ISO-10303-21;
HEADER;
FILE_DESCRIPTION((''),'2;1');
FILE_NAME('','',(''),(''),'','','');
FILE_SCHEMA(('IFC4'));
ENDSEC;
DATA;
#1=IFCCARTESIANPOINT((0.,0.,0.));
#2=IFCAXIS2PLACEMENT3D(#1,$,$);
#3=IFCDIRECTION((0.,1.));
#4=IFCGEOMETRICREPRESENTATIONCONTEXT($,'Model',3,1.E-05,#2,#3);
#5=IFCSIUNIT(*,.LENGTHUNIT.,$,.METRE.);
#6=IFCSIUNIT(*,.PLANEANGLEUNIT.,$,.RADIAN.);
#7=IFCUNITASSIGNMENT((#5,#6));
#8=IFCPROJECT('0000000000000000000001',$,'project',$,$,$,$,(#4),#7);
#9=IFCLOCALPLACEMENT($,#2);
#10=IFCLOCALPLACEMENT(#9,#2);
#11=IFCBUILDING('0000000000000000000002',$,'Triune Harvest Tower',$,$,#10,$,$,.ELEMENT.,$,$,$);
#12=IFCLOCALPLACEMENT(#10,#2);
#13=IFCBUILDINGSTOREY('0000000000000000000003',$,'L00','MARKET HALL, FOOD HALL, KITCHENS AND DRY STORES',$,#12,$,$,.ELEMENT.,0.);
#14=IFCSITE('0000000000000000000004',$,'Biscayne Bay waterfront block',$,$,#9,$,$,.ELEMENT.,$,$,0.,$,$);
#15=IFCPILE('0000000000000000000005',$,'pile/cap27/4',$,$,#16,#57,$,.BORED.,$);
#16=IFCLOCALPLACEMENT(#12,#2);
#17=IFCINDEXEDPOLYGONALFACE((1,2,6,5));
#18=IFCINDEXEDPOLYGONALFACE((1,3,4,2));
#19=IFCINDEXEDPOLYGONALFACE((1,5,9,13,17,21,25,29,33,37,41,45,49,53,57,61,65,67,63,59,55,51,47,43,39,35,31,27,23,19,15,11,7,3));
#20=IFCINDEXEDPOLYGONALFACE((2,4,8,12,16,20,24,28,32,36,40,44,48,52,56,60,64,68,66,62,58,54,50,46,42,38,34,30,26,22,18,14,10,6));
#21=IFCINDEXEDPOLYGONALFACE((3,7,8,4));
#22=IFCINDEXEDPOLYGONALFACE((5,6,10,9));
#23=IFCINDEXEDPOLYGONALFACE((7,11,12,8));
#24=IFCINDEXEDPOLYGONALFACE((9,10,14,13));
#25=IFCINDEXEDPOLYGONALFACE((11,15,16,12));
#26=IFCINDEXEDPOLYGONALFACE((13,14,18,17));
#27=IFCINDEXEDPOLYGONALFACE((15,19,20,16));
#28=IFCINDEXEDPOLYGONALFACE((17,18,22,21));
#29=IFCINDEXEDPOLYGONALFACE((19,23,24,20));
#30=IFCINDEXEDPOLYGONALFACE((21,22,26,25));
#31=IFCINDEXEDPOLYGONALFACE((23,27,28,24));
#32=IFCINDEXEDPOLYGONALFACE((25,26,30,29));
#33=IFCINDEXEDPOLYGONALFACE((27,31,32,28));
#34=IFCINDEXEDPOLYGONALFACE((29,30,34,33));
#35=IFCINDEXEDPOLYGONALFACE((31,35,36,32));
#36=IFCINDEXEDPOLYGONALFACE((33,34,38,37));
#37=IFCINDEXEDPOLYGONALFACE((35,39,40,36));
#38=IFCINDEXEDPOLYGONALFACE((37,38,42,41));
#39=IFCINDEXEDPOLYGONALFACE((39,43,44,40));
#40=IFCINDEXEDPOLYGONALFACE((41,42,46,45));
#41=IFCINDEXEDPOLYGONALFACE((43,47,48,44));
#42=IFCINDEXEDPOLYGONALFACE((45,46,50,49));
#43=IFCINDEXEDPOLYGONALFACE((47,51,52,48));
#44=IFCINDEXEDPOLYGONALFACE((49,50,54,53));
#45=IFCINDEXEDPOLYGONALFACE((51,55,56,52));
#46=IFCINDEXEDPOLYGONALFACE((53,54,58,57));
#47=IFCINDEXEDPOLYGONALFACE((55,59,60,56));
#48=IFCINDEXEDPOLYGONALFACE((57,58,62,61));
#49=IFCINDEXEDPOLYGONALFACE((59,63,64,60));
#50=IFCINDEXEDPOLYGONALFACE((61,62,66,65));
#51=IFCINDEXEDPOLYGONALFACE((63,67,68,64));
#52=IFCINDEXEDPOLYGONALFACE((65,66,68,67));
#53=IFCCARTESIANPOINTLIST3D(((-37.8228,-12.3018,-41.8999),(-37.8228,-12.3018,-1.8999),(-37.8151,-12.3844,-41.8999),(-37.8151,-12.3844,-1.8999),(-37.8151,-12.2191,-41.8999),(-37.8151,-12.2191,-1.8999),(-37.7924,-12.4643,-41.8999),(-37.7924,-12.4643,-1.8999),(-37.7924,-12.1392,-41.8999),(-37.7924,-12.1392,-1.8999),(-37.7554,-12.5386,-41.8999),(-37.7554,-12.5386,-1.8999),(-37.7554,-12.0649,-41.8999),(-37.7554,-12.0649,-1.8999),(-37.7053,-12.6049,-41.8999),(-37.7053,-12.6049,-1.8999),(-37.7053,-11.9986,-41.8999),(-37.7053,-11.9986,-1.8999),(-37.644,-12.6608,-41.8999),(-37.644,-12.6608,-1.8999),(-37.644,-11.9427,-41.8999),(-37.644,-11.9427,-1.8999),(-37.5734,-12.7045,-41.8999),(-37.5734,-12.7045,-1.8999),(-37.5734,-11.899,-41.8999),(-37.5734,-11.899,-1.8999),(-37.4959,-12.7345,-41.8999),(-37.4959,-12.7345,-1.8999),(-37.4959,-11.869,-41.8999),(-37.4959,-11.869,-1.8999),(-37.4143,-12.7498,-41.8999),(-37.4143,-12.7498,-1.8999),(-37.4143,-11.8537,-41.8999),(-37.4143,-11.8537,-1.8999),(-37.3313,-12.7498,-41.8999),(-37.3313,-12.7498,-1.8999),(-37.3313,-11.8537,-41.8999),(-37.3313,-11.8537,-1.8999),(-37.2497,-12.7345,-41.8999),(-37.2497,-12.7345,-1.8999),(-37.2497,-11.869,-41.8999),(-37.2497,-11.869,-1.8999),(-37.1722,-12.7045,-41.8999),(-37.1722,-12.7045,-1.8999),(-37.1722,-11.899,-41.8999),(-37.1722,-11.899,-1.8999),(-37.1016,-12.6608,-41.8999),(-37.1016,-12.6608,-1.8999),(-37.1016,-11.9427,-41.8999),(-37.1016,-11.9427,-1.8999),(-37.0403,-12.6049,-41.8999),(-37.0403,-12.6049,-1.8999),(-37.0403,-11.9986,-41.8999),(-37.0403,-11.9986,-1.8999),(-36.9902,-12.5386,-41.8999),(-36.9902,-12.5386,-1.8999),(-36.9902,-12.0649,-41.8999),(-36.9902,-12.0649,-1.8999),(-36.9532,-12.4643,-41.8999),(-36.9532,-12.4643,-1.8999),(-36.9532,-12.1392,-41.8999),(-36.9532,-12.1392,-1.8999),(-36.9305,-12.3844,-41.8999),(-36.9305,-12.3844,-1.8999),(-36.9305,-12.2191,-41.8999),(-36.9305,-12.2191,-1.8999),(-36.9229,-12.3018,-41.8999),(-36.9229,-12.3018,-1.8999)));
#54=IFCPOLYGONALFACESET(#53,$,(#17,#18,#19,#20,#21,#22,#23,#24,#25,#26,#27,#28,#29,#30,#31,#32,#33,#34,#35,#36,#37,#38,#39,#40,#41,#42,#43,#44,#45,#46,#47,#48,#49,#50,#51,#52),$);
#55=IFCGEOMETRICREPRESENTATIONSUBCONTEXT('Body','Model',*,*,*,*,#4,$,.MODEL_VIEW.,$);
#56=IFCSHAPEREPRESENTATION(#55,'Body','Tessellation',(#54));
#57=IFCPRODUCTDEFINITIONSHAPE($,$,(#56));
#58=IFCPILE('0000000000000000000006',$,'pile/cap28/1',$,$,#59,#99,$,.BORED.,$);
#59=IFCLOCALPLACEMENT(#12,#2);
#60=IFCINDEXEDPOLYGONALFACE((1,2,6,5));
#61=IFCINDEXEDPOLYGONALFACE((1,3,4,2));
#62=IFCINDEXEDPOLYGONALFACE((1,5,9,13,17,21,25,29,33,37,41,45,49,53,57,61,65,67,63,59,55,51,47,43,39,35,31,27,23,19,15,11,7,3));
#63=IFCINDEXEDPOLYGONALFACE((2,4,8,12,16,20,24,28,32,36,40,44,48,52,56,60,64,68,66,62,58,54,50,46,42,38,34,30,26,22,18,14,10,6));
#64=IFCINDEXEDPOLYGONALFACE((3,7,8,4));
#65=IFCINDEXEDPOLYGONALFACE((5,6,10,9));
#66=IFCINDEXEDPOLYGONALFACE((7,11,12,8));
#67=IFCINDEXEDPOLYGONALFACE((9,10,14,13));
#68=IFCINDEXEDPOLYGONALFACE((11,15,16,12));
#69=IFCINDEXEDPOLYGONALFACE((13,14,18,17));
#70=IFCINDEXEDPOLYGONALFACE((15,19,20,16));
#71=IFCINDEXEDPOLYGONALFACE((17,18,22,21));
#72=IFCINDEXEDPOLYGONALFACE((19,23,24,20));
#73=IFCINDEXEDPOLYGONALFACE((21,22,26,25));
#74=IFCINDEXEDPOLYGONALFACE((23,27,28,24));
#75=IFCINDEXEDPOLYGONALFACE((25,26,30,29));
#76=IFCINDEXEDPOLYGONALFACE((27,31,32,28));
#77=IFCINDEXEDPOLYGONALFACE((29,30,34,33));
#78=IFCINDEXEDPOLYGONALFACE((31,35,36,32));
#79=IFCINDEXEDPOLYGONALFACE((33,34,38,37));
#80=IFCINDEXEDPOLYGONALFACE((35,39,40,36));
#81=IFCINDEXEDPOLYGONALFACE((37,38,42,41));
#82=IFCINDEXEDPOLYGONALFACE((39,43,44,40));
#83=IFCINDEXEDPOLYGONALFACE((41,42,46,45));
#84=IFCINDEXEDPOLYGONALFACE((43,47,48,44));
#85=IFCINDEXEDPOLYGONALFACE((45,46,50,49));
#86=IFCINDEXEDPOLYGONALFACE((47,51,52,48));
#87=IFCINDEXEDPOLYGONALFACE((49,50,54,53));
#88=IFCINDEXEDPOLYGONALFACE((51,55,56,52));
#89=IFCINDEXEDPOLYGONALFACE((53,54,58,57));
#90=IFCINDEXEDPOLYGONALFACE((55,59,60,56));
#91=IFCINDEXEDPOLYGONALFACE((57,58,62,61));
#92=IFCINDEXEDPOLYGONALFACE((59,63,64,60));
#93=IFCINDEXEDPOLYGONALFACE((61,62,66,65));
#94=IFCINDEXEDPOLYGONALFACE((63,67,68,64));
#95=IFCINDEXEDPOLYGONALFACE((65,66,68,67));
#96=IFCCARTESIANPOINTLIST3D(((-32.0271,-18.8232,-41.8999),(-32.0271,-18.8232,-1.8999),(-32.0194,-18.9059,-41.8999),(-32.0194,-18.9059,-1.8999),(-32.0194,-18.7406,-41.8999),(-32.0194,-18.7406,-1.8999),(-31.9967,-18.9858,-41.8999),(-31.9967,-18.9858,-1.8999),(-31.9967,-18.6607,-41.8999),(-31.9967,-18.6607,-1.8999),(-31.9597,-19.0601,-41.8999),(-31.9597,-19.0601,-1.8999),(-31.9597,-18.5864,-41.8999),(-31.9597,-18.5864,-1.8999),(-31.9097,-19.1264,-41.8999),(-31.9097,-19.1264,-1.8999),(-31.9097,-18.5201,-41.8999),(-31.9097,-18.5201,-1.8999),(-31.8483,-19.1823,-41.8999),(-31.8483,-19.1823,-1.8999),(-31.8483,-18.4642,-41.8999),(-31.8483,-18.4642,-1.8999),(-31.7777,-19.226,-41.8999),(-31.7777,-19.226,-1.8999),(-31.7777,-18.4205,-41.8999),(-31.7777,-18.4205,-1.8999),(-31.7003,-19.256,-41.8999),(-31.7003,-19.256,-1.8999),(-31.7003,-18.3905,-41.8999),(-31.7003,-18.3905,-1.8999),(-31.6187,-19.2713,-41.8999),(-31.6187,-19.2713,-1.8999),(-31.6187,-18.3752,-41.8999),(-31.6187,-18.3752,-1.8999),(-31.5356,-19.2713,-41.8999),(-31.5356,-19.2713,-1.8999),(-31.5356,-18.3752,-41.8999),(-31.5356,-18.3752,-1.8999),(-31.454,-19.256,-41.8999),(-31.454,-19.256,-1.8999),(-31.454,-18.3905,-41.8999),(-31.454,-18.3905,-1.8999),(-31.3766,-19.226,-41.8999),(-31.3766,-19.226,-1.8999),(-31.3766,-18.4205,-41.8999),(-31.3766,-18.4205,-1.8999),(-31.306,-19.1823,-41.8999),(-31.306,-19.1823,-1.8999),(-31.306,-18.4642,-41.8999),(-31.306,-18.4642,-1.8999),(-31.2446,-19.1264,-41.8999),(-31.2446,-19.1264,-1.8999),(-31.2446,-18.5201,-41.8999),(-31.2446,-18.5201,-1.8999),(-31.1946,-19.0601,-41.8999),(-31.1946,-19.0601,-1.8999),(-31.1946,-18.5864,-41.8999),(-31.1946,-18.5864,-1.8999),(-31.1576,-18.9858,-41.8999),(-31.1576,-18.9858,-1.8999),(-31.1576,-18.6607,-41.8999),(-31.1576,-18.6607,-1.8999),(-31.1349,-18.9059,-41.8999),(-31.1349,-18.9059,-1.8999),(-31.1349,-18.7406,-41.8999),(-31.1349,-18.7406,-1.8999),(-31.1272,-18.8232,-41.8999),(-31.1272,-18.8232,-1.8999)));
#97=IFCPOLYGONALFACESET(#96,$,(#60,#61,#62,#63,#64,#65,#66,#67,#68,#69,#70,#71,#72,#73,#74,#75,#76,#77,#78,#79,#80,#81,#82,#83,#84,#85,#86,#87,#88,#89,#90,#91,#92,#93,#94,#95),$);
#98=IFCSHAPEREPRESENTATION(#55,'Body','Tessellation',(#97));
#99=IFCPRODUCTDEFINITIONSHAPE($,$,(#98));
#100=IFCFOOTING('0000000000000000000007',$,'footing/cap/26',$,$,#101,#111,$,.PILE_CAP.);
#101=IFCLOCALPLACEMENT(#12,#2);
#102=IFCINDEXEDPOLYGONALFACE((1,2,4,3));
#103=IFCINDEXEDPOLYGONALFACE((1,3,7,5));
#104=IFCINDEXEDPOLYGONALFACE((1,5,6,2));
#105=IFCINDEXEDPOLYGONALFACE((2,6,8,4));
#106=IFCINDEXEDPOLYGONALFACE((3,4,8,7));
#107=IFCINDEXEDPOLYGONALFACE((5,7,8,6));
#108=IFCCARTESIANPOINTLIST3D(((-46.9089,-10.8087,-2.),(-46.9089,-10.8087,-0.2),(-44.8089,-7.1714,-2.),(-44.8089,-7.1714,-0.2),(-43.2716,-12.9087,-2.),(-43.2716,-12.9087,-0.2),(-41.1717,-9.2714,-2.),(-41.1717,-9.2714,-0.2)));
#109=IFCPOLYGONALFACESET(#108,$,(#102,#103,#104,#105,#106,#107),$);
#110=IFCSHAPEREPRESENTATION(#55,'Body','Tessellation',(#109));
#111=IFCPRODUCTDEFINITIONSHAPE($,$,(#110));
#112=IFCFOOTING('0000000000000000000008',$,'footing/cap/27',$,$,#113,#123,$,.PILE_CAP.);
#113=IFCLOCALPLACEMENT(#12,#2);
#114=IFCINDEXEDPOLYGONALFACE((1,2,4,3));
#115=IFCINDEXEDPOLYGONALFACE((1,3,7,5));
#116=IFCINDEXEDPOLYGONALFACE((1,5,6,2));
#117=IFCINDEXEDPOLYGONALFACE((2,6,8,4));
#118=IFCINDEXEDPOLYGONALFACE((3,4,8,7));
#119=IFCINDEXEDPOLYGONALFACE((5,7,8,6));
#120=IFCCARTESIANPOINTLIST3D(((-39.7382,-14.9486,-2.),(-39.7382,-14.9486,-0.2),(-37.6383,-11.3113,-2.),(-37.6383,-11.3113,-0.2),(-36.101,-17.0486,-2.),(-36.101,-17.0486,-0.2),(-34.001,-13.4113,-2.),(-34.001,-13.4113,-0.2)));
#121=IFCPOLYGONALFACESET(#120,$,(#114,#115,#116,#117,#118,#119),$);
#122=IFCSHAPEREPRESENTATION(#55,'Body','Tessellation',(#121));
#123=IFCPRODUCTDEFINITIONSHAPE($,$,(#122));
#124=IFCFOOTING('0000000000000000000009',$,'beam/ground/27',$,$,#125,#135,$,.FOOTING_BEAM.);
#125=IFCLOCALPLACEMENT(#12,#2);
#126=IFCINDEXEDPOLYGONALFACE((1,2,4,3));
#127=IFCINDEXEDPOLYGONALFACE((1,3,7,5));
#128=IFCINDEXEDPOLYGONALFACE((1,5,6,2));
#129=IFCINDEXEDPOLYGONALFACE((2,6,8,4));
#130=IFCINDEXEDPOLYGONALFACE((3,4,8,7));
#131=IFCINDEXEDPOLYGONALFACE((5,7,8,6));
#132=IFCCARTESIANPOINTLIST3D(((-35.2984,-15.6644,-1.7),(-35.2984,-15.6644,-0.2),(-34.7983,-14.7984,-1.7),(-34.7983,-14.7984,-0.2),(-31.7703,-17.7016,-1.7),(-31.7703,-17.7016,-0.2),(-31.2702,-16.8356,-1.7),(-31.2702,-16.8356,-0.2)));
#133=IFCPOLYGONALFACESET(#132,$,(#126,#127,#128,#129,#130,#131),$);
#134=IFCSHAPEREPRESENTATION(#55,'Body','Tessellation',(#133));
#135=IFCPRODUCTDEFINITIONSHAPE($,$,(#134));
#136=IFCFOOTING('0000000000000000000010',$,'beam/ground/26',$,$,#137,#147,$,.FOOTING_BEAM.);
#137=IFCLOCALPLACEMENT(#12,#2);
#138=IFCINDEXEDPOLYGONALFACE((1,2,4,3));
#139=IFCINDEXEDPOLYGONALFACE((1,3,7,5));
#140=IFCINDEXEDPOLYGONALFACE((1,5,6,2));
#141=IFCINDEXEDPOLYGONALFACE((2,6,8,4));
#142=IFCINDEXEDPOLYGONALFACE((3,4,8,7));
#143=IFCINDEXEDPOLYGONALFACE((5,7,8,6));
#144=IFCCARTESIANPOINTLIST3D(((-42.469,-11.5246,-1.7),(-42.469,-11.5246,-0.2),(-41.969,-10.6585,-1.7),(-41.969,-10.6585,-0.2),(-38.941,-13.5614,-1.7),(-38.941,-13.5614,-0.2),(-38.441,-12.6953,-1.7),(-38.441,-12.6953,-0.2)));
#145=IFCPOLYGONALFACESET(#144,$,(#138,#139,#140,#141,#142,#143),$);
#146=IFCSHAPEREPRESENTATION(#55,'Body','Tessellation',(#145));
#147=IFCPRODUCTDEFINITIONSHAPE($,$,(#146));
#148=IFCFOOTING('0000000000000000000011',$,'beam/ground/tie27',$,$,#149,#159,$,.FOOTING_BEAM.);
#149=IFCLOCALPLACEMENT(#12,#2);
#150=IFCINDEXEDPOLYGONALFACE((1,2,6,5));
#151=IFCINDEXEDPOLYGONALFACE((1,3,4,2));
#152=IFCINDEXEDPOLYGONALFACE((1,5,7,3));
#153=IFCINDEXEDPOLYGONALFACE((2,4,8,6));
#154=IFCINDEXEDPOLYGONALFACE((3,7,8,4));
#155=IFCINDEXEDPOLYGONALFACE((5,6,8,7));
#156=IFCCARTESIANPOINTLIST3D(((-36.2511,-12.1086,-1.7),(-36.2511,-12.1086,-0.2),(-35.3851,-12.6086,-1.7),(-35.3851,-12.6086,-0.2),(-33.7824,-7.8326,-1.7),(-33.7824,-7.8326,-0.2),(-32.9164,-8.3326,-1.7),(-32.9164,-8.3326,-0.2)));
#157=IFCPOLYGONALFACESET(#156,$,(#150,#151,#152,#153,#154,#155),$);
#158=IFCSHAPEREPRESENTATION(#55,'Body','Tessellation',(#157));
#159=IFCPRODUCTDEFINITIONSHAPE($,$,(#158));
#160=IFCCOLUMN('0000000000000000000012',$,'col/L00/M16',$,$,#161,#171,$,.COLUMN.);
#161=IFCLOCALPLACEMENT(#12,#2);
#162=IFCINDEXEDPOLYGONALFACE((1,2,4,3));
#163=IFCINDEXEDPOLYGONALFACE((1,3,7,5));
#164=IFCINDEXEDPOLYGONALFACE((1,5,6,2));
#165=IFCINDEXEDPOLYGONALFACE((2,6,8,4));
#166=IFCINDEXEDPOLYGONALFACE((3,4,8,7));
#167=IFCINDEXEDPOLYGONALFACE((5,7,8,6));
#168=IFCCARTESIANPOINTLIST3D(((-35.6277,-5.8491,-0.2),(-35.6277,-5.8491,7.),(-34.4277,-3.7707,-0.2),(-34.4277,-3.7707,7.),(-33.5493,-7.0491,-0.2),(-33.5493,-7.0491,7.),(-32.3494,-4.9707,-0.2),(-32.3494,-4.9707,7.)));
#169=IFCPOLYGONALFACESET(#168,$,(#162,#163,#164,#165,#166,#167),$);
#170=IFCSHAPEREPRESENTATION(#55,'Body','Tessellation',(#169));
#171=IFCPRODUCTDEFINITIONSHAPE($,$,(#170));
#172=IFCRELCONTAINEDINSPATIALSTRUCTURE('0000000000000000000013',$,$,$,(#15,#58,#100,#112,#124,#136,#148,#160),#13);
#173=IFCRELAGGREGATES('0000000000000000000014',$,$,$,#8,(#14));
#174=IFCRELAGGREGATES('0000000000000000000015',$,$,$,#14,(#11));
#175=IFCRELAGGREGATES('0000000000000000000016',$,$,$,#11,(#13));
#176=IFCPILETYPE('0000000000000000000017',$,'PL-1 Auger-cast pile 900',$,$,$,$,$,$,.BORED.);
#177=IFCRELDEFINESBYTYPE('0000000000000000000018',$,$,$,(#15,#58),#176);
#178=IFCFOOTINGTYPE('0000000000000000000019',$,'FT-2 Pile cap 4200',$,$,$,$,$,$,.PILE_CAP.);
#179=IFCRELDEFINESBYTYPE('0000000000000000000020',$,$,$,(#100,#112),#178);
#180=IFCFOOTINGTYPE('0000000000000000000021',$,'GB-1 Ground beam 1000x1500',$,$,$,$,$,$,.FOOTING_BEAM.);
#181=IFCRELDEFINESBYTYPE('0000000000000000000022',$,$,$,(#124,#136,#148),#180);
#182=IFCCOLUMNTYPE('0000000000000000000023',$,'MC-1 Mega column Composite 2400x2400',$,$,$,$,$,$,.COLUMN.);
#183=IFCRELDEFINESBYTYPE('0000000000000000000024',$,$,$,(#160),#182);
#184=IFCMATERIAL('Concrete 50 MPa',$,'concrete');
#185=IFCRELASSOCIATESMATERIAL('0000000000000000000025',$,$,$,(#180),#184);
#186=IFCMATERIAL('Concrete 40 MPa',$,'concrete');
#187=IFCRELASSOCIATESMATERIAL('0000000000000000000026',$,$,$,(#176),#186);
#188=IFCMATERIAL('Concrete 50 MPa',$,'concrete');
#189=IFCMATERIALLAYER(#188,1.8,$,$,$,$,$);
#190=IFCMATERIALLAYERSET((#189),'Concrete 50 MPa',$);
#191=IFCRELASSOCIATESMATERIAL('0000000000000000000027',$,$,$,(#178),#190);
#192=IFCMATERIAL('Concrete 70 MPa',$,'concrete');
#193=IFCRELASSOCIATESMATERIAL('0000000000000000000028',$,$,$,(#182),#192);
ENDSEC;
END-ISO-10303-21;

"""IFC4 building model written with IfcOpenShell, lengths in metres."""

from ifc_helpers import new_model, si_unit, direction, frame, origin, origin_2d, place, context, subcontext, project, spatial, rectangle, circle, extrude, source, transform, mapped, material, layer, layer_set, material_profile, profile_set, type_object, element, save


model = new_model("IFC4")

# Units and contexts
model_context = context("Model", 3, precision=1e-05, world=origin(), true_north=direction((0.0, 1.0)))
body_context = subcontext(model_context, "Body", "Model", "MODEL_VIEW")
ifc_project = project(units=[si_unit("LENGTHUNIT", "METRE"), si_unit("PLANEANGLEUNIT", "RADIAN")], contexts=[model_context])

# Site, building, storey
site_placement = place(None, origin())
site = spatial("IfcSite", under=ifc_project, at=site_placement, Name="Biscayne Bay waterfront block", CompositionType="ELEMENT", RefElevation=0.0)
building_placement = place(site_placement, origin())
building = spatial("IfcBuilding", under=site, at=building_placement, Name="Triune Harvest Tower", CompositionType="ELEMENT")
storey_placement = place(building_placement, origin())
storey = spatial("IfcBuildingStorey", under=building, at=storey_placement, Name="L00", Description="MARKET HALL, FOOD HALL, KITCHENS AND DRY STORES", CompositionType="ELEMENT", Elevation=0.0)

# Shared definitions
ifc_material_1 = material(Name="Concrete 50 MPa", Category="concrete")
ifc_material_profile_1 = material_profile(ifc_material_1, rectangle(XDim=1.0, YDim=1.5, at=origin_2d()), Name="Concrete 1000x1500")
ifc_profile_set_1 = profile_set([ifc_material_profile_1], Name="Concrete 50 MPa")
footing_type_1 = type_object("IfcFootingType", Name="GB-1 Ground beam 1000x1500", PredefinedType="FOOTING_BEAM", material=ifc_profile_set_1)

# Piles
ifc_material_2 = material(Name="Concrete 40 MPa", Category="concrete")
ifc_material_profile_2 = material_profile(ifc_material_2, circle(Radius=0.45, at=origin_2d()), Name="Bored 900")
ifc_profile_set_2 = profile_set([ifc_material_profile_2], Name="Concrete 40 MPa")
pile_type = type_object("IfcPileType", Name="PL-1 Auger-cast pile 900", PredefinedType="BORED", material=ifc_profile_set_2)
shared_shape_1 = source(origin(), body_context, "Body", "SweptSolid", [
    extrude(circle(Radius=0.45, at=origin_2d()), origin(), (0.0, 0.0, 1.0), 40.0),
])
for number, where, z_axis, x_axis, name in (
    (1, (-37.3728, -12.3018, -1.8999), (0.0, 0.0, -1.0), (1.0, 0.0, 0.0), "pile/cap27/4"),
    (2, (-31.5771, -18.8232, -1.8999), (0.0, 0.0, -1.0), (1.0, 0.0, 0.0), "pile/cap28/1"),
):
    element("IfcPile", number, at=place(storey_placement, frame(where, z_axis=z_axis, x_axis=x_axis)), inside=storey, type_object=pile_type, Name=name, PredefinedType="BORED", context=body_context, shape_type="MappedRepresentation", body=[
        mapped(shared_shape_1, transform((0.0, 0.0, 0.0), scale=1.0)),
    ])

# Footings
ifc_material_3 = material(Name="Concrete 50 MPa", Category="concrete")
ifc_layer_1 = layer(ifc_material_3, 1.8)
ifc_layer_set_1 = layer_set([ifc_layer_1], Name="Concrete 50 MPa")
footing_type_2 = type_object("IfcFootingType", Name="FT-2 Pile cap 4200", PredefinedType="PILE_CAP", material=ifc_layer_set_1)
shared_shape_2 = source(origin(), body_context, "Body", "SweptSolid", [
    extrude(rectangle(XDim=4.2, YDim=4.2, at=origin_2d()), origin(), (0.0, 0.0, 1.0), 1.8),
])
for number, where, z_axis, x_axis, name in (
    (3, (-44.0403, -10.04, -2.0), (0.0, 0.0, 1.0), (0.866025, -0.5, 0.0), "footing/cap/26"),
    (4, (-36.8696, -14.1799, -2.0), (0.0, 0.0, 1.0), (0.866025, -0.5, 0.0), "footing/cap/27"),
):
    element("IfcFooting", number, at=place(storey_placement, frame(where, z_axis=z_axis, x_axis=x_axis)), inside=storey, type_object=footing_type_2, Name=name, PredefinedType="PILE_CAP", context=body_context, shape_type="MappedRepresentation", body=[
        mapped(shared_shape_2, transform((0.0, 0.0, 0.0), scale=1.0)),
    ])
shared_shape_3 = source(origin(), body_context, "Body", "SweptSolid", [
    extrude(rectangle(XDim=1.0, YDim=1.5, at=origin_2d()), origin(), (0.0, 0.0, 1.0), 4.074),
])
footing_1_placement = place(storey_placement, frame((-35.0483, -15.2314, -0.95), z_axis=(0.866007, -0.500032, 0.0), x_axis=(0.500032, 0.866007, 0.0)))
element("IfcFooting", 5, at=footing_1_placement, inside=storey, type_object=footing_type_1, Name="beam/ground/27", PredefinedType="FOOTING_BEAM", context=body_context, shape_type="MappedRepresentation", body=[
    mapped(shared_shape_3, transform((0.0, 0.0, 0.0), scale=1.0)),
])
shared_shape_4 = source(origin(), body_context, "Body", "SweptSolid", [
    extrude(rectangle(XDim=1.0, YDim=1.5, at=origin_2d()), origin(), (0.0, 0.0, 1.0), 4.0737),
])
footing_2_placement = place(storey_placement, frame((-42.219, -11.0916, -0.95), z_axis=(0.866033, -0.499987, 0.0), x_axis=(0.499987, 0.866033, 0.0)))
element("IfcFooting", 6, at=footing_2_placement, inside=storey, type_object=footing_type_1, Name="beam/ground/26", PredefinedType="FOOTING_BEAM", context=body_context, shape_type="MappedRepresentation", body=[
    mapped(shared_shape_4, transform((0.0, 0.0, 0.0), scale=1.0)),
])
shared_shape_5 = source(origin(), body_context, "Body", "SweptSolid", [
    extrude(rectangle(XDim=1.0, YDim=1.5, at=origin_2d()), origin(), (0.0, 0.0, 1.0), 4.9375),
])
footing_3_placement = place(storey_placement, frame((-35.8181, -12.3586, -0.95), z_axis=(0.499989, 0.866032, 0.0), x_axis=(-0.866032, 0.499989, 0.0)))
element("IfcFooting", 7, at=footing_3_placement, inside=storey, type_object=footing_type_1, Name="beam/ground/tie27", PredefinedType="FOOTING_BEAM", context=body_context, shape_type="MappedRepresentation", body=[
    mapped(shared_shape_5, transform((0.0, 0.0, 0.0), scale=1.0)),
])

# Column
ifc_material_4 = material(Name="Concrete 70 MPa", Category="concrete")
ifc_material_profile_3 = material_profile(ifc_material_4, rectangle(XDim=2.3999, YDim=2.3999, at=origin_2d()), Name="Composite 2400x2400")
ifc_profile_set_3 = profile_set([ifc_material_profile_3], Name="Concrete 70 MPa")
column_type_1 = type_object("IfcColumnType", Name="MC-1 Mega column Composite 2400x2400", PredefinedType="COLUMN", material=ifc_profile_set_3)
shared_shape_6 = source(origin(), body_context, "Body", "SweptSolid", [
    extrude(rectangle(XDim=2.3999, YDim=2.3999, at=origin_2d()), origin(), (0.0, 0.0, 1.0), 7.2),
])
column_1_placement = place(storey_placement, frame((-33.9885, -5.4099, -0.2), z_axis=(0.0, 0.0, 1.0), x_axis=(0.866025, -0.5, 0.0)))
element("IfcColumn", 8, at=column_1_placement, inside=storey, type_object=column_type_1, Name="col/L00/M16", PredefinedType="COLUMN", context=body_context, shape_type="MappedRepresentation", body=[
    mapped(shared_shape_6, transform((0.0, 0.0, 0.0), scale=1.0)),
])

save(model, "model.ifc")
